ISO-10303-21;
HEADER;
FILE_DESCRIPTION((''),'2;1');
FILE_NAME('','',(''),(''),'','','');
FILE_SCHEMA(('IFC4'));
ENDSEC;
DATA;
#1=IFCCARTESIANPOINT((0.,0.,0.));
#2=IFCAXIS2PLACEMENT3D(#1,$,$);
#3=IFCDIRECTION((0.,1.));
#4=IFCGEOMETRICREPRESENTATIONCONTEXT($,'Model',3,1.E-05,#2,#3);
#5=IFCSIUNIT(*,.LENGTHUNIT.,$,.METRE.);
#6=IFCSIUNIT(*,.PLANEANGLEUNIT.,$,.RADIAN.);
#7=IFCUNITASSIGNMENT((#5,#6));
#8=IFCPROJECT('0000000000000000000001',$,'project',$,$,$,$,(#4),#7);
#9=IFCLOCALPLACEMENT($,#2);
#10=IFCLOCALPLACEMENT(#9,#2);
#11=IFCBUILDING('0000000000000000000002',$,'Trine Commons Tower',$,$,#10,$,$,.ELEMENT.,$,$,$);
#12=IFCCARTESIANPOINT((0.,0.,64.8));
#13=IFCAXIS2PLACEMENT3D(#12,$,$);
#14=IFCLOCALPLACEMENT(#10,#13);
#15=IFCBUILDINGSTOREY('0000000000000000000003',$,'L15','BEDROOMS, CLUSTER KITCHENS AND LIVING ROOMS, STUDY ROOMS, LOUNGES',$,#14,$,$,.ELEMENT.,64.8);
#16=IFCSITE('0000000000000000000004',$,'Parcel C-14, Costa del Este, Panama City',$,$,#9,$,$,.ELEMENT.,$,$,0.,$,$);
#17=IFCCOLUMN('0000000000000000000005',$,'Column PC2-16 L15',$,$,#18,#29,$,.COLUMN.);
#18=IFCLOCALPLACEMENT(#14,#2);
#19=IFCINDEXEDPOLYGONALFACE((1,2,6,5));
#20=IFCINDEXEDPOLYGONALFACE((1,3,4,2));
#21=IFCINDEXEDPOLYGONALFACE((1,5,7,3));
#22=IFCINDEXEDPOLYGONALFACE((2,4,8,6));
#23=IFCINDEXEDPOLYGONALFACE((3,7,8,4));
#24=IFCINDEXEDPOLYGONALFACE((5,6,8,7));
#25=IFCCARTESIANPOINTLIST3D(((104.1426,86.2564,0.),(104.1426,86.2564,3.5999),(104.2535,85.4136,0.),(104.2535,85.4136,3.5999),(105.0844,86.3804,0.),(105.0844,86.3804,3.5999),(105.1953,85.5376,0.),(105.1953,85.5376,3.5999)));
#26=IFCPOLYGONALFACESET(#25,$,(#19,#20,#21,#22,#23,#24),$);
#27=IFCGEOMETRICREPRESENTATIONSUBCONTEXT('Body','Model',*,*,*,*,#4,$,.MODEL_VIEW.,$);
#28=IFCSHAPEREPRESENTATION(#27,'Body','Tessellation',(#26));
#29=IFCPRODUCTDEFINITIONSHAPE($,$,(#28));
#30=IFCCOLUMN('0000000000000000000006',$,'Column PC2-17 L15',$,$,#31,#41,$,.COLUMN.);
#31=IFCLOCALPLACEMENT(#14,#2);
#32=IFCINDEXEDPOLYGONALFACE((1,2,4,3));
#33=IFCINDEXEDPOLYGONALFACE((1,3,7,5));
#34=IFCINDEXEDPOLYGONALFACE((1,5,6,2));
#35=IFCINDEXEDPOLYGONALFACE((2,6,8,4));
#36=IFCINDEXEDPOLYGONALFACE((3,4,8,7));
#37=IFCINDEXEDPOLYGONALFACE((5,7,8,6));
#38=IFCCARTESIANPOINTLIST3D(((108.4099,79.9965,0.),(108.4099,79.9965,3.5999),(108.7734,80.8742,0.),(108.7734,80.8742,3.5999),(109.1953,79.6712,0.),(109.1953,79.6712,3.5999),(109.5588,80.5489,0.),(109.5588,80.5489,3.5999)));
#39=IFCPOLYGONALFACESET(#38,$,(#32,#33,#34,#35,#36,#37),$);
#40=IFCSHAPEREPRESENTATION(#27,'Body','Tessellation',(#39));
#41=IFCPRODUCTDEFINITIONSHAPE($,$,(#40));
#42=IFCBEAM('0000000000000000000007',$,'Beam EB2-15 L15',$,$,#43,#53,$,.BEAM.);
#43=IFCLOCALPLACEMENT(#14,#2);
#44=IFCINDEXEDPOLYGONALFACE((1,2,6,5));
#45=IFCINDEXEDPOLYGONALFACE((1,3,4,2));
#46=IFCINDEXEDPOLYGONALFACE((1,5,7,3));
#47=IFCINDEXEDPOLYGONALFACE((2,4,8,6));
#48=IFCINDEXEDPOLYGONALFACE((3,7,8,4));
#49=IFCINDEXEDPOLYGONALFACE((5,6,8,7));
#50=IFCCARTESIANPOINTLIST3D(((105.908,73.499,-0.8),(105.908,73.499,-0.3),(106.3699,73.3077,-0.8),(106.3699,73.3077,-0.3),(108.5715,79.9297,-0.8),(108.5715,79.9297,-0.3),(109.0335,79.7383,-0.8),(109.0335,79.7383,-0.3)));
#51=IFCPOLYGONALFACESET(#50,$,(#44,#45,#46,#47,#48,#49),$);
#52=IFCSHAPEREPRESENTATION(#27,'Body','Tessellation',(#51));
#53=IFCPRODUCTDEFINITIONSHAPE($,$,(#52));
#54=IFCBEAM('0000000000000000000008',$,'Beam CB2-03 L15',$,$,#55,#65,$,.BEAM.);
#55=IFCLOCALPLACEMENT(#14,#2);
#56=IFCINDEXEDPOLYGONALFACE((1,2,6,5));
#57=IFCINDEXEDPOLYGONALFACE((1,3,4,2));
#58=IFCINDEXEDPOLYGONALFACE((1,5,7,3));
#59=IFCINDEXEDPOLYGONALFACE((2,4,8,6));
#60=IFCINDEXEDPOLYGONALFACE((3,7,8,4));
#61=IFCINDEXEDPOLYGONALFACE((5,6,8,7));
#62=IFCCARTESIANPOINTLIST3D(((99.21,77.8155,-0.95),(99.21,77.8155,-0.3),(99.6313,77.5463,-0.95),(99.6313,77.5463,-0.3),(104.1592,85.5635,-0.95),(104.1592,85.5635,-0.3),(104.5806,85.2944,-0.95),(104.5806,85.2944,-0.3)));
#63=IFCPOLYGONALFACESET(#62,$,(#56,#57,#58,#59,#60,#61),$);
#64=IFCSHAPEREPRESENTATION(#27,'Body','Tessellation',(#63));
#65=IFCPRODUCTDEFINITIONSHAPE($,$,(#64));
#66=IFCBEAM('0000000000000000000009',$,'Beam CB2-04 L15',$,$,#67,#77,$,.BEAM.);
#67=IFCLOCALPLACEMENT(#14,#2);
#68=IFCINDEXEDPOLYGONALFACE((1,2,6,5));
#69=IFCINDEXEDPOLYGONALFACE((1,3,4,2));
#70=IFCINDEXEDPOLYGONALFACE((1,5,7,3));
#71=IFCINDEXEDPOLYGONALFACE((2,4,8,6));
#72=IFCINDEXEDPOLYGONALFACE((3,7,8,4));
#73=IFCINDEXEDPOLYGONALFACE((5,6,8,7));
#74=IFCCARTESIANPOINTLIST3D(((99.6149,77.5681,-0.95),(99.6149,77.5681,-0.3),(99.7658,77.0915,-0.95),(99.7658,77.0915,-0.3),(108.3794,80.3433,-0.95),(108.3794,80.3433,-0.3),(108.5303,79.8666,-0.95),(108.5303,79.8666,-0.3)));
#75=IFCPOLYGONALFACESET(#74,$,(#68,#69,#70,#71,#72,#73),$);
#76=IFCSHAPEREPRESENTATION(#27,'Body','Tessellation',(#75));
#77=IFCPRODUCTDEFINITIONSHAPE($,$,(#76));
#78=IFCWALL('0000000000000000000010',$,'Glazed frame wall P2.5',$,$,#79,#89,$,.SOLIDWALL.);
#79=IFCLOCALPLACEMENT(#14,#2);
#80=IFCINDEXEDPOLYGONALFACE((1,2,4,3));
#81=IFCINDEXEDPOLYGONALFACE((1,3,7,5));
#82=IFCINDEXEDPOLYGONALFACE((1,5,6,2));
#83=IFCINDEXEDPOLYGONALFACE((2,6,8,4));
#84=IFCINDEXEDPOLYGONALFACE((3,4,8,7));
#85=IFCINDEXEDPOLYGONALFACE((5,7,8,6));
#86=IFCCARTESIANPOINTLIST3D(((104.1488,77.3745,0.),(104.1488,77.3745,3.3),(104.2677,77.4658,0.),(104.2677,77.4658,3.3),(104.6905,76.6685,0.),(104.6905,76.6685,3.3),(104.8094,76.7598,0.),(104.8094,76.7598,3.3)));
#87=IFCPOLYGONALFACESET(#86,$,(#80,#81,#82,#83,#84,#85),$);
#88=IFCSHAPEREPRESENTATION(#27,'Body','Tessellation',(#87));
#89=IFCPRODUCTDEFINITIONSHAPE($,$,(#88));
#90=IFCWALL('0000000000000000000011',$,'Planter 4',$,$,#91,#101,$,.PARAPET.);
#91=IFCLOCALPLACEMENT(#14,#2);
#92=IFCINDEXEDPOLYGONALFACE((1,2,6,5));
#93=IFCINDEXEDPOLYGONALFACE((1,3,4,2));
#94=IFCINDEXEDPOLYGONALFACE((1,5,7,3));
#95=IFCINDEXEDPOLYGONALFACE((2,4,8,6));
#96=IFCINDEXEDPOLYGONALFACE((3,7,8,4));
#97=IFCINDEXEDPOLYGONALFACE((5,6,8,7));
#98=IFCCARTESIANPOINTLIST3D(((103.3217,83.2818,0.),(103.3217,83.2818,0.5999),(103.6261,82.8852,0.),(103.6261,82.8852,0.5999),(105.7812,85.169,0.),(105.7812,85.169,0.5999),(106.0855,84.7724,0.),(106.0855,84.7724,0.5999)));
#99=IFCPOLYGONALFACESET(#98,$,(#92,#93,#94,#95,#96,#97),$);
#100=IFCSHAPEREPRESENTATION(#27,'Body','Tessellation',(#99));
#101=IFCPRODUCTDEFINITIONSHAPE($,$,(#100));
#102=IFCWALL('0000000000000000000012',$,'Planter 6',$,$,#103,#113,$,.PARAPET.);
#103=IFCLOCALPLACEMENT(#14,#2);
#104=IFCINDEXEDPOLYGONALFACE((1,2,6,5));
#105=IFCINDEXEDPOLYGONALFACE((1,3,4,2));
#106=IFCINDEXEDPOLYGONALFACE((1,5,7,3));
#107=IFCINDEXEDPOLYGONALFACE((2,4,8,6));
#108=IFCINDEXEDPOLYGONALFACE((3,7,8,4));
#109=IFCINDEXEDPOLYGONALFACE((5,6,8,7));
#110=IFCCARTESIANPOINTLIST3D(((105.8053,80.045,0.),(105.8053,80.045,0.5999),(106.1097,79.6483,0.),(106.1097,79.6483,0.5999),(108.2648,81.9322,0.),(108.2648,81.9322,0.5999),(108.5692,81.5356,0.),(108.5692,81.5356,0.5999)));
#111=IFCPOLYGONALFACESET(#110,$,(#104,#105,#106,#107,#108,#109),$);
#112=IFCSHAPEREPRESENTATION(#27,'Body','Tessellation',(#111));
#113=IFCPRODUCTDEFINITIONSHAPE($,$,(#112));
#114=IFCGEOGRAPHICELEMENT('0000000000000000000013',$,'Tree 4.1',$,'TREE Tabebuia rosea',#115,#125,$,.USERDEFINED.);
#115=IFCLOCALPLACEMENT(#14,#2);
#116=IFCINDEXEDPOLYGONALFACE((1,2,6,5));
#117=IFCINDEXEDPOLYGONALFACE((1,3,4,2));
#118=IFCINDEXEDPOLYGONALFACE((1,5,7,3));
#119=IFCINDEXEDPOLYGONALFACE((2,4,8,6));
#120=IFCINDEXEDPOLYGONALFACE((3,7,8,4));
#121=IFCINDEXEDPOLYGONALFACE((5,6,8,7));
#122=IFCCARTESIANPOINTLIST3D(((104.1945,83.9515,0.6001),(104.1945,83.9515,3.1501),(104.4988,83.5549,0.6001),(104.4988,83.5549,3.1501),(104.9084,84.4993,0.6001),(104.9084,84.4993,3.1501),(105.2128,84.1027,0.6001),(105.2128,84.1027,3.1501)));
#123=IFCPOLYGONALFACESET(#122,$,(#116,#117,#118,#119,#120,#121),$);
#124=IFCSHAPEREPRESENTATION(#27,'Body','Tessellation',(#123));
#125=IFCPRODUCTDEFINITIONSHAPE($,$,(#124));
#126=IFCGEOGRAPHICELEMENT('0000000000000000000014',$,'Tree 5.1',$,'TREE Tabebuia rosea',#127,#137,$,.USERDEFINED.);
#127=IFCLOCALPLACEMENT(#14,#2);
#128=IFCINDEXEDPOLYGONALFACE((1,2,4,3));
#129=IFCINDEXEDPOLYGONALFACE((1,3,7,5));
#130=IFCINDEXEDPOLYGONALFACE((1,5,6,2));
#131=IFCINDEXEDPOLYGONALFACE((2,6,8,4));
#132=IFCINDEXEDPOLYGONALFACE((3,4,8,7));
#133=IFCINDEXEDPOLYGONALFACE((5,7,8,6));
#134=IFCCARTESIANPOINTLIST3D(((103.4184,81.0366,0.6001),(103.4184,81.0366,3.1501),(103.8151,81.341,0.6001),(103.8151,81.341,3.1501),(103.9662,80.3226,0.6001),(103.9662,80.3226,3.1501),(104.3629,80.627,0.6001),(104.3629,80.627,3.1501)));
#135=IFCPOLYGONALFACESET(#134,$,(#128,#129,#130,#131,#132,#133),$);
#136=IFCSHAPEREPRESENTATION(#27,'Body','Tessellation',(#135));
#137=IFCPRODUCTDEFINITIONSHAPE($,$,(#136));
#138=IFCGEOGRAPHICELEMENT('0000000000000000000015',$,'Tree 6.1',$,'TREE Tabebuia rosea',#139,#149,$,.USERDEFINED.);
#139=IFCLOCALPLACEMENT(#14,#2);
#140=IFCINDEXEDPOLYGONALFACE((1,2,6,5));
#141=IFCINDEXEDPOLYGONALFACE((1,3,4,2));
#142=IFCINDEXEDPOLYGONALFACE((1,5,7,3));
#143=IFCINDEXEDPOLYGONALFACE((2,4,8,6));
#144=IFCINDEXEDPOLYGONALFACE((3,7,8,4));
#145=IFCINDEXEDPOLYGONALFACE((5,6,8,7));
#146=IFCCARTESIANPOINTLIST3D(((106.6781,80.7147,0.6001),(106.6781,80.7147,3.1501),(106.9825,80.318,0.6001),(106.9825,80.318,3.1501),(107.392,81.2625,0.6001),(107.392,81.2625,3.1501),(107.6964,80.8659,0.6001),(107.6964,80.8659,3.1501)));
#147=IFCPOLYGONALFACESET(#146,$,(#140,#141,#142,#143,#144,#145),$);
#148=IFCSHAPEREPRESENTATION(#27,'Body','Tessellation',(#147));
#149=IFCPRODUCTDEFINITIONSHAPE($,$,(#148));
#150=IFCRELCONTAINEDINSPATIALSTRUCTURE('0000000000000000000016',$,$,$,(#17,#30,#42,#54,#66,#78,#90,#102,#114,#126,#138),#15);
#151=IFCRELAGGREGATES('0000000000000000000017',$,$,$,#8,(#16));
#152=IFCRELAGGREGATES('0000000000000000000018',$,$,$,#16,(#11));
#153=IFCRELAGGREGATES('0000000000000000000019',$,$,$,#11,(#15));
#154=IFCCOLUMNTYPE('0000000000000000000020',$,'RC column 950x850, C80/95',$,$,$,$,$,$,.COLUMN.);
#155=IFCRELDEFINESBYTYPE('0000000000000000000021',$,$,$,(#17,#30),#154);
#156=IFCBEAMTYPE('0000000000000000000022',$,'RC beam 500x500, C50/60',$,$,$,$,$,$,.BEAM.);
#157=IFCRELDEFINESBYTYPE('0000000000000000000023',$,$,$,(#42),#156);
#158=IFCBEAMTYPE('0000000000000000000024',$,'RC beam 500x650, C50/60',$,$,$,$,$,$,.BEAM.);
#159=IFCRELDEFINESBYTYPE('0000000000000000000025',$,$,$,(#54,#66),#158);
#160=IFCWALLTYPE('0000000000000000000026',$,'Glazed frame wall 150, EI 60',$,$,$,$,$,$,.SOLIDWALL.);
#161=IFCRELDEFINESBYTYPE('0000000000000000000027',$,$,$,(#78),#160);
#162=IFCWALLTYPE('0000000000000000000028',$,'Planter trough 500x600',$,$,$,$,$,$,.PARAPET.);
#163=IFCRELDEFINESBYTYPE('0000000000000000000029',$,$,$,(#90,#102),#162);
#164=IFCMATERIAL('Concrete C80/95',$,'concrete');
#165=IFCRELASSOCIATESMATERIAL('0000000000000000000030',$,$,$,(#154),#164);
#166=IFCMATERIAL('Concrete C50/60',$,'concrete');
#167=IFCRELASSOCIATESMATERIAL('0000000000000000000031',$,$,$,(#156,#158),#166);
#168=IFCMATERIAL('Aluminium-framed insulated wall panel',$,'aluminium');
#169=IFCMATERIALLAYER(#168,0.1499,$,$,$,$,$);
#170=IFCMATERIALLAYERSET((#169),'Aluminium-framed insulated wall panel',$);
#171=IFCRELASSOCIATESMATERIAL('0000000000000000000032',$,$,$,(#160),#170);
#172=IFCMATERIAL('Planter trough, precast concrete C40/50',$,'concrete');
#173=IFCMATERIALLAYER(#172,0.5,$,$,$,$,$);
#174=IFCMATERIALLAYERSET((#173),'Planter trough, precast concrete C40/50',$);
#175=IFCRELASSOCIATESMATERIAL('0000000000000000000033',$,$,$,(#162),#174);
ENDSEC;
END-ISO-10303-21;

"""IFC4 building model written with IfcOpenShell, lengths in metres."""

from ifc_helpers import new_model, si_unit, direction, frame, frame_2d, origin, origin_2d, place, context, subcontext, project, spatial, polyline, rectangle, outline, extrude, material, layer, layer_set, material_profile, profile_set, type_object, element, save


model = new_model("IFC4")

# Units and contexts
model_context = context("Model", 3, precision=1e-05, world=origin(), true_north=direction((0.0, 1.0)))
body_context = subcontext(model_context, "Body", "Model", "MODEL_VIEW")
ifc_project = project(units=[si_unit("LENGTHUNIT", "METRE"), si_unit("PLANEANGLEUNIT", "RADIAN")], contexts=[model_context])

# Site, building, storey
site_placement = place(None, origin())
site = spatial("IfcSite", under=ifc_project, at=site_placement, Name="Parcel C-14, Costa del Este, Panama City", CompositionType="ELEMENT", RefElevation=0.0)
building_placement = place(site_placement, origin())
building = spatial("IfcBuilding", under=site, at=building_placement, Name="Trine Commons Tower", CompositionType="ELEMENT")
storey_placement = place(building_placement, frame((0.0, 0.0, 64.8)))
storey = spatial("IfcBuildingStorey", under=building, at=storey_placement, Name="L15", Description="BEDROOMS, CLUSTER KITCHENS AND LIVING ROOMS, STUDY ROOMS, LOUNGES", CompositionType="ELEMENT", Elevation=64.8)

# Columns
ifc_material_1 = material(Name="Concrete C80/95", Category="concrete")
ifc_material_profile_1 = material_profile(ifc_material_1, rectangle(XDim=0.95, YDim=0.8501, at=origin_2d()), Name="RC 950x850")
ifc_profile_set_1 = profile_set([ifc_material_profile_1], Name="Concrete C80/95")
column_type = type_object("IfcColumnType", Name="RC column 950x850, C80/95", PredefinedType="COLUMN", material=ifc_profile_set_1)
for number, where, z_axis, x_axis, name in (
    (1, (104.6689, 85.897, 0.0), (0.0, 0.0, 1.0), (0.991445, 0.130526, 0.0), "Column PC2-16 L15"),
    (2, (108.9844, 80.2727, 0.0), (0.0, 0.0, 1.0), (0.382683, 0.92388, 0.0), "Column PC2-17 L15"),
):
    element("IfcColumn", number, at=place(storey_placement, frame(where, z_axis=z_axis, x_axis=x_axis)), inside=storey, type_object=column_type, Name=name, PredefinedType="COLUMN", context=body_context, shape_type="SweptSolid", body=[
        extrude(rectangle(XDim=0.95, YDim=0.8501, at=origin_2d()), origin(), (0.0, 0.0, 1.0), 3.5999),
    ])

# Beams
ifc_material_2 = material(Name="Concrete C50/60", Category="concrete")
ifc_material_profile_2 = material_profile(ifc_material_2, rectangle(XDim=0.5, YDim=0.5, at=origin_2d()), Name="RC 500x500")
ifc_profile_set_2 = profile_set([ifc_material_profile_2], Name="Concrete C50/60")
beam_type_1 = type_object("IfcBeamType", Name="RC beam 500x500, C50/60", PredefinedType="BEAM", material=ifc_profile_set_2)
beam_1_placement = place(storey_placement, frame((108.8025, 79.834, -0.55), z_axis=(-0.382672, -0.923884, 0.0), x_axis=(0.923884, -0.382672, 0.0)))
element("IfcBeam", 3, at=beam_1_placement, inside=storey, type_object=beam_type_1, Name="Beam EB2-15 L15", PredefinedType="BEAM", context=body_context, shape_type="SweptSolid", body=[
    extrude(rectangle(XDim=0.5, YDim=0.5, at=origin_2d()), origin(), (0.0, 0.0, 1.0), 6.9604),
])
ifc_material_profile_3 = material_profile(ifc_material_2, rectangle(XDim=0.5, YDim=0.6499, at=origin_2d()), Name="RC 500x650")
ifc_profile_set_3 = profile_set([ifc_material_profile_3], Name="Concrete C50/60")
beam_type_2 = type_object("IfcBeamType", Name="RC beam 500x650, C50/60", PredefinedType="BEAM", material=ifc_profile_set_3)
beam_2_placement = place(storey_placement, frame((104.3699, 85.429, -0.625), z_axis=(-0.538318, -0.842742, 0.0), x_axis=(0.842742, -0.538318, 0.0)))
element("IfcBeam", 4, at=beam_2_placement, inside=storey, type_object=beam_type_2, Name="Beam CB2-03 L15", PredefinedType="BEAM", context=body_context, shape_type="SweptSolid", body=[
    extrude(rectangle(XDim=0.5, YDim=0.6499, at=origin_2d()), origin(), (0.0, 0.0, 1.0), 9.1938),
])
beam_3_placement = place(storey_placement, frame((108.4548, 80.105, -0.625), z_axis=(-0.95335, -0.301867, 0.0), x_axis=(0.301867, -0.95335, 0.0)))
element("IfcBeam", 5, at=beam_3_placement, inside=storey, type_object=beam_type_2, Name="Beam CB2-04 L15", PredefinedType="BEAM", context=body_context, shape_type="SweptSolid", body=[
    extrude(rectangle(XDim=0.5, YDim=0.6499, at=origin_2d()), origin(), (0.0, 0.0, 1.0), 9.1934),
])

# Wall
ifc_material_3 = material(Name="Aluminium-framed insulated wall panel", Category="aluminium")
ifc_layer_1 = layer(ifc_material_3, 0.1499)
ifc_layer_set_1 = layer_set([ifc_layer_1], Name="Aluminium-framed insulated wall panel")
wall_type_1 = type_object("IfcWallType", Name="Glazed frame wall 150, EI 60", PredefinedType="SOLIDWALL", material=ifc_layer_set_1)
wall_1_placement = place(storey_placement, frame((104.2083, 77.4202, 0.0), z_axis=(0.0, 0.0, 1.0), x_axis=(0.608754, -0.793359, 0.0)))
element("IfcWall", 6, at=wall_1_placement, inside=storey, type_object=wall_type_1, Name="Glazed frame wall P2.5", PredefinedType="SOLIDWALL", context=body_context, shape_type="SweptSolid", body=[
    extrude(outline(polyline([(0.8899, 0.075), (0.0, 0.075), (0.0, -0.075), (0.8899, -0.075), (0.8899, 0.075)])), origin(), (0.0, 0.0, 1.0), 3.3),
])

# Walls
ifc_material_4 = material(Name="Planter trough, precast concrete C40/50", Category="concrete")
ifc_layer_2 = layer(ifc_material_4, 0.5)
ifc_layer_set_2 = layer_set([ifc_layer_2], Name="Planter trough, precast concrete C40/50")
wall_type_2 = type_object("IfcWallType", Name="Planter trough 500x600", PredefinedType="PARAPET", material=ifc_layer_set_2)
for number, where, z_axis, x_axis, name in (
    (7, (105.9333, 84.9707, 0.0), (0.0, 0.0, 1.0), (-0.793355, -0.608759, 0.0), "Planter 4"),
    (8, (105.9575, 79.8467, 0.0), (0.0, 0.0, 1.0), (0.793355, 0.608759, 0.0), "Planter 6"),
):
    element("IfcWall", number, at=place(storey_placement, frame(where, z_axis=z_axis, x_axis=x_axis)), inside=storey, type_object=wall_type_2, Name=name, PredefinedType="PARAPET", context=body_context, shape_type="SweptSolid", body=[
        extrude(rectangle(XDim=3.1001, YDim=0.5, at=frame_2d((1.55, 0.0))), origin(), (0.0, 0.0, 1.0), 0.5999),
    ])

# Geographic elements
for number, where, z_axis, x_axis, name in (
    (9, (104.7036, 84.0271, 0.6001), (0.0, 0.0, 1.0), (-0.793359, -0.608755, 0.0), "Tree 4.1"),
    (10, (103.8906, 80.8318, 0.6001), (0.0, 0.0, 1.0), (0.608735, -0.793374, 0.0), "Tree 5.1"),
    (11, (107.1873, 80.7903, 0.6001), (0.0, 0.0, 1.0), (0.793359, 0.608755, 0.0), "Tree 6.1"),
):
    element("IfcGeographicElement", number, at=place(storey_placement, frame(where, z_axis=z_axis, x_axis=x_axis)), inside=storey, Name=name, ObjectType="TREE Tabebuia rosea", PredefinedType="USERDEFINED", context=body_context, shape_type="SweptSolid", body=[
        extrude(rectangle(XDim=0.8999, YDim=0.5, at=origin_2d()), origin(), (0.0, 0.0, 1.0), 2.55),
    ])

save(model, "model.ifc")
